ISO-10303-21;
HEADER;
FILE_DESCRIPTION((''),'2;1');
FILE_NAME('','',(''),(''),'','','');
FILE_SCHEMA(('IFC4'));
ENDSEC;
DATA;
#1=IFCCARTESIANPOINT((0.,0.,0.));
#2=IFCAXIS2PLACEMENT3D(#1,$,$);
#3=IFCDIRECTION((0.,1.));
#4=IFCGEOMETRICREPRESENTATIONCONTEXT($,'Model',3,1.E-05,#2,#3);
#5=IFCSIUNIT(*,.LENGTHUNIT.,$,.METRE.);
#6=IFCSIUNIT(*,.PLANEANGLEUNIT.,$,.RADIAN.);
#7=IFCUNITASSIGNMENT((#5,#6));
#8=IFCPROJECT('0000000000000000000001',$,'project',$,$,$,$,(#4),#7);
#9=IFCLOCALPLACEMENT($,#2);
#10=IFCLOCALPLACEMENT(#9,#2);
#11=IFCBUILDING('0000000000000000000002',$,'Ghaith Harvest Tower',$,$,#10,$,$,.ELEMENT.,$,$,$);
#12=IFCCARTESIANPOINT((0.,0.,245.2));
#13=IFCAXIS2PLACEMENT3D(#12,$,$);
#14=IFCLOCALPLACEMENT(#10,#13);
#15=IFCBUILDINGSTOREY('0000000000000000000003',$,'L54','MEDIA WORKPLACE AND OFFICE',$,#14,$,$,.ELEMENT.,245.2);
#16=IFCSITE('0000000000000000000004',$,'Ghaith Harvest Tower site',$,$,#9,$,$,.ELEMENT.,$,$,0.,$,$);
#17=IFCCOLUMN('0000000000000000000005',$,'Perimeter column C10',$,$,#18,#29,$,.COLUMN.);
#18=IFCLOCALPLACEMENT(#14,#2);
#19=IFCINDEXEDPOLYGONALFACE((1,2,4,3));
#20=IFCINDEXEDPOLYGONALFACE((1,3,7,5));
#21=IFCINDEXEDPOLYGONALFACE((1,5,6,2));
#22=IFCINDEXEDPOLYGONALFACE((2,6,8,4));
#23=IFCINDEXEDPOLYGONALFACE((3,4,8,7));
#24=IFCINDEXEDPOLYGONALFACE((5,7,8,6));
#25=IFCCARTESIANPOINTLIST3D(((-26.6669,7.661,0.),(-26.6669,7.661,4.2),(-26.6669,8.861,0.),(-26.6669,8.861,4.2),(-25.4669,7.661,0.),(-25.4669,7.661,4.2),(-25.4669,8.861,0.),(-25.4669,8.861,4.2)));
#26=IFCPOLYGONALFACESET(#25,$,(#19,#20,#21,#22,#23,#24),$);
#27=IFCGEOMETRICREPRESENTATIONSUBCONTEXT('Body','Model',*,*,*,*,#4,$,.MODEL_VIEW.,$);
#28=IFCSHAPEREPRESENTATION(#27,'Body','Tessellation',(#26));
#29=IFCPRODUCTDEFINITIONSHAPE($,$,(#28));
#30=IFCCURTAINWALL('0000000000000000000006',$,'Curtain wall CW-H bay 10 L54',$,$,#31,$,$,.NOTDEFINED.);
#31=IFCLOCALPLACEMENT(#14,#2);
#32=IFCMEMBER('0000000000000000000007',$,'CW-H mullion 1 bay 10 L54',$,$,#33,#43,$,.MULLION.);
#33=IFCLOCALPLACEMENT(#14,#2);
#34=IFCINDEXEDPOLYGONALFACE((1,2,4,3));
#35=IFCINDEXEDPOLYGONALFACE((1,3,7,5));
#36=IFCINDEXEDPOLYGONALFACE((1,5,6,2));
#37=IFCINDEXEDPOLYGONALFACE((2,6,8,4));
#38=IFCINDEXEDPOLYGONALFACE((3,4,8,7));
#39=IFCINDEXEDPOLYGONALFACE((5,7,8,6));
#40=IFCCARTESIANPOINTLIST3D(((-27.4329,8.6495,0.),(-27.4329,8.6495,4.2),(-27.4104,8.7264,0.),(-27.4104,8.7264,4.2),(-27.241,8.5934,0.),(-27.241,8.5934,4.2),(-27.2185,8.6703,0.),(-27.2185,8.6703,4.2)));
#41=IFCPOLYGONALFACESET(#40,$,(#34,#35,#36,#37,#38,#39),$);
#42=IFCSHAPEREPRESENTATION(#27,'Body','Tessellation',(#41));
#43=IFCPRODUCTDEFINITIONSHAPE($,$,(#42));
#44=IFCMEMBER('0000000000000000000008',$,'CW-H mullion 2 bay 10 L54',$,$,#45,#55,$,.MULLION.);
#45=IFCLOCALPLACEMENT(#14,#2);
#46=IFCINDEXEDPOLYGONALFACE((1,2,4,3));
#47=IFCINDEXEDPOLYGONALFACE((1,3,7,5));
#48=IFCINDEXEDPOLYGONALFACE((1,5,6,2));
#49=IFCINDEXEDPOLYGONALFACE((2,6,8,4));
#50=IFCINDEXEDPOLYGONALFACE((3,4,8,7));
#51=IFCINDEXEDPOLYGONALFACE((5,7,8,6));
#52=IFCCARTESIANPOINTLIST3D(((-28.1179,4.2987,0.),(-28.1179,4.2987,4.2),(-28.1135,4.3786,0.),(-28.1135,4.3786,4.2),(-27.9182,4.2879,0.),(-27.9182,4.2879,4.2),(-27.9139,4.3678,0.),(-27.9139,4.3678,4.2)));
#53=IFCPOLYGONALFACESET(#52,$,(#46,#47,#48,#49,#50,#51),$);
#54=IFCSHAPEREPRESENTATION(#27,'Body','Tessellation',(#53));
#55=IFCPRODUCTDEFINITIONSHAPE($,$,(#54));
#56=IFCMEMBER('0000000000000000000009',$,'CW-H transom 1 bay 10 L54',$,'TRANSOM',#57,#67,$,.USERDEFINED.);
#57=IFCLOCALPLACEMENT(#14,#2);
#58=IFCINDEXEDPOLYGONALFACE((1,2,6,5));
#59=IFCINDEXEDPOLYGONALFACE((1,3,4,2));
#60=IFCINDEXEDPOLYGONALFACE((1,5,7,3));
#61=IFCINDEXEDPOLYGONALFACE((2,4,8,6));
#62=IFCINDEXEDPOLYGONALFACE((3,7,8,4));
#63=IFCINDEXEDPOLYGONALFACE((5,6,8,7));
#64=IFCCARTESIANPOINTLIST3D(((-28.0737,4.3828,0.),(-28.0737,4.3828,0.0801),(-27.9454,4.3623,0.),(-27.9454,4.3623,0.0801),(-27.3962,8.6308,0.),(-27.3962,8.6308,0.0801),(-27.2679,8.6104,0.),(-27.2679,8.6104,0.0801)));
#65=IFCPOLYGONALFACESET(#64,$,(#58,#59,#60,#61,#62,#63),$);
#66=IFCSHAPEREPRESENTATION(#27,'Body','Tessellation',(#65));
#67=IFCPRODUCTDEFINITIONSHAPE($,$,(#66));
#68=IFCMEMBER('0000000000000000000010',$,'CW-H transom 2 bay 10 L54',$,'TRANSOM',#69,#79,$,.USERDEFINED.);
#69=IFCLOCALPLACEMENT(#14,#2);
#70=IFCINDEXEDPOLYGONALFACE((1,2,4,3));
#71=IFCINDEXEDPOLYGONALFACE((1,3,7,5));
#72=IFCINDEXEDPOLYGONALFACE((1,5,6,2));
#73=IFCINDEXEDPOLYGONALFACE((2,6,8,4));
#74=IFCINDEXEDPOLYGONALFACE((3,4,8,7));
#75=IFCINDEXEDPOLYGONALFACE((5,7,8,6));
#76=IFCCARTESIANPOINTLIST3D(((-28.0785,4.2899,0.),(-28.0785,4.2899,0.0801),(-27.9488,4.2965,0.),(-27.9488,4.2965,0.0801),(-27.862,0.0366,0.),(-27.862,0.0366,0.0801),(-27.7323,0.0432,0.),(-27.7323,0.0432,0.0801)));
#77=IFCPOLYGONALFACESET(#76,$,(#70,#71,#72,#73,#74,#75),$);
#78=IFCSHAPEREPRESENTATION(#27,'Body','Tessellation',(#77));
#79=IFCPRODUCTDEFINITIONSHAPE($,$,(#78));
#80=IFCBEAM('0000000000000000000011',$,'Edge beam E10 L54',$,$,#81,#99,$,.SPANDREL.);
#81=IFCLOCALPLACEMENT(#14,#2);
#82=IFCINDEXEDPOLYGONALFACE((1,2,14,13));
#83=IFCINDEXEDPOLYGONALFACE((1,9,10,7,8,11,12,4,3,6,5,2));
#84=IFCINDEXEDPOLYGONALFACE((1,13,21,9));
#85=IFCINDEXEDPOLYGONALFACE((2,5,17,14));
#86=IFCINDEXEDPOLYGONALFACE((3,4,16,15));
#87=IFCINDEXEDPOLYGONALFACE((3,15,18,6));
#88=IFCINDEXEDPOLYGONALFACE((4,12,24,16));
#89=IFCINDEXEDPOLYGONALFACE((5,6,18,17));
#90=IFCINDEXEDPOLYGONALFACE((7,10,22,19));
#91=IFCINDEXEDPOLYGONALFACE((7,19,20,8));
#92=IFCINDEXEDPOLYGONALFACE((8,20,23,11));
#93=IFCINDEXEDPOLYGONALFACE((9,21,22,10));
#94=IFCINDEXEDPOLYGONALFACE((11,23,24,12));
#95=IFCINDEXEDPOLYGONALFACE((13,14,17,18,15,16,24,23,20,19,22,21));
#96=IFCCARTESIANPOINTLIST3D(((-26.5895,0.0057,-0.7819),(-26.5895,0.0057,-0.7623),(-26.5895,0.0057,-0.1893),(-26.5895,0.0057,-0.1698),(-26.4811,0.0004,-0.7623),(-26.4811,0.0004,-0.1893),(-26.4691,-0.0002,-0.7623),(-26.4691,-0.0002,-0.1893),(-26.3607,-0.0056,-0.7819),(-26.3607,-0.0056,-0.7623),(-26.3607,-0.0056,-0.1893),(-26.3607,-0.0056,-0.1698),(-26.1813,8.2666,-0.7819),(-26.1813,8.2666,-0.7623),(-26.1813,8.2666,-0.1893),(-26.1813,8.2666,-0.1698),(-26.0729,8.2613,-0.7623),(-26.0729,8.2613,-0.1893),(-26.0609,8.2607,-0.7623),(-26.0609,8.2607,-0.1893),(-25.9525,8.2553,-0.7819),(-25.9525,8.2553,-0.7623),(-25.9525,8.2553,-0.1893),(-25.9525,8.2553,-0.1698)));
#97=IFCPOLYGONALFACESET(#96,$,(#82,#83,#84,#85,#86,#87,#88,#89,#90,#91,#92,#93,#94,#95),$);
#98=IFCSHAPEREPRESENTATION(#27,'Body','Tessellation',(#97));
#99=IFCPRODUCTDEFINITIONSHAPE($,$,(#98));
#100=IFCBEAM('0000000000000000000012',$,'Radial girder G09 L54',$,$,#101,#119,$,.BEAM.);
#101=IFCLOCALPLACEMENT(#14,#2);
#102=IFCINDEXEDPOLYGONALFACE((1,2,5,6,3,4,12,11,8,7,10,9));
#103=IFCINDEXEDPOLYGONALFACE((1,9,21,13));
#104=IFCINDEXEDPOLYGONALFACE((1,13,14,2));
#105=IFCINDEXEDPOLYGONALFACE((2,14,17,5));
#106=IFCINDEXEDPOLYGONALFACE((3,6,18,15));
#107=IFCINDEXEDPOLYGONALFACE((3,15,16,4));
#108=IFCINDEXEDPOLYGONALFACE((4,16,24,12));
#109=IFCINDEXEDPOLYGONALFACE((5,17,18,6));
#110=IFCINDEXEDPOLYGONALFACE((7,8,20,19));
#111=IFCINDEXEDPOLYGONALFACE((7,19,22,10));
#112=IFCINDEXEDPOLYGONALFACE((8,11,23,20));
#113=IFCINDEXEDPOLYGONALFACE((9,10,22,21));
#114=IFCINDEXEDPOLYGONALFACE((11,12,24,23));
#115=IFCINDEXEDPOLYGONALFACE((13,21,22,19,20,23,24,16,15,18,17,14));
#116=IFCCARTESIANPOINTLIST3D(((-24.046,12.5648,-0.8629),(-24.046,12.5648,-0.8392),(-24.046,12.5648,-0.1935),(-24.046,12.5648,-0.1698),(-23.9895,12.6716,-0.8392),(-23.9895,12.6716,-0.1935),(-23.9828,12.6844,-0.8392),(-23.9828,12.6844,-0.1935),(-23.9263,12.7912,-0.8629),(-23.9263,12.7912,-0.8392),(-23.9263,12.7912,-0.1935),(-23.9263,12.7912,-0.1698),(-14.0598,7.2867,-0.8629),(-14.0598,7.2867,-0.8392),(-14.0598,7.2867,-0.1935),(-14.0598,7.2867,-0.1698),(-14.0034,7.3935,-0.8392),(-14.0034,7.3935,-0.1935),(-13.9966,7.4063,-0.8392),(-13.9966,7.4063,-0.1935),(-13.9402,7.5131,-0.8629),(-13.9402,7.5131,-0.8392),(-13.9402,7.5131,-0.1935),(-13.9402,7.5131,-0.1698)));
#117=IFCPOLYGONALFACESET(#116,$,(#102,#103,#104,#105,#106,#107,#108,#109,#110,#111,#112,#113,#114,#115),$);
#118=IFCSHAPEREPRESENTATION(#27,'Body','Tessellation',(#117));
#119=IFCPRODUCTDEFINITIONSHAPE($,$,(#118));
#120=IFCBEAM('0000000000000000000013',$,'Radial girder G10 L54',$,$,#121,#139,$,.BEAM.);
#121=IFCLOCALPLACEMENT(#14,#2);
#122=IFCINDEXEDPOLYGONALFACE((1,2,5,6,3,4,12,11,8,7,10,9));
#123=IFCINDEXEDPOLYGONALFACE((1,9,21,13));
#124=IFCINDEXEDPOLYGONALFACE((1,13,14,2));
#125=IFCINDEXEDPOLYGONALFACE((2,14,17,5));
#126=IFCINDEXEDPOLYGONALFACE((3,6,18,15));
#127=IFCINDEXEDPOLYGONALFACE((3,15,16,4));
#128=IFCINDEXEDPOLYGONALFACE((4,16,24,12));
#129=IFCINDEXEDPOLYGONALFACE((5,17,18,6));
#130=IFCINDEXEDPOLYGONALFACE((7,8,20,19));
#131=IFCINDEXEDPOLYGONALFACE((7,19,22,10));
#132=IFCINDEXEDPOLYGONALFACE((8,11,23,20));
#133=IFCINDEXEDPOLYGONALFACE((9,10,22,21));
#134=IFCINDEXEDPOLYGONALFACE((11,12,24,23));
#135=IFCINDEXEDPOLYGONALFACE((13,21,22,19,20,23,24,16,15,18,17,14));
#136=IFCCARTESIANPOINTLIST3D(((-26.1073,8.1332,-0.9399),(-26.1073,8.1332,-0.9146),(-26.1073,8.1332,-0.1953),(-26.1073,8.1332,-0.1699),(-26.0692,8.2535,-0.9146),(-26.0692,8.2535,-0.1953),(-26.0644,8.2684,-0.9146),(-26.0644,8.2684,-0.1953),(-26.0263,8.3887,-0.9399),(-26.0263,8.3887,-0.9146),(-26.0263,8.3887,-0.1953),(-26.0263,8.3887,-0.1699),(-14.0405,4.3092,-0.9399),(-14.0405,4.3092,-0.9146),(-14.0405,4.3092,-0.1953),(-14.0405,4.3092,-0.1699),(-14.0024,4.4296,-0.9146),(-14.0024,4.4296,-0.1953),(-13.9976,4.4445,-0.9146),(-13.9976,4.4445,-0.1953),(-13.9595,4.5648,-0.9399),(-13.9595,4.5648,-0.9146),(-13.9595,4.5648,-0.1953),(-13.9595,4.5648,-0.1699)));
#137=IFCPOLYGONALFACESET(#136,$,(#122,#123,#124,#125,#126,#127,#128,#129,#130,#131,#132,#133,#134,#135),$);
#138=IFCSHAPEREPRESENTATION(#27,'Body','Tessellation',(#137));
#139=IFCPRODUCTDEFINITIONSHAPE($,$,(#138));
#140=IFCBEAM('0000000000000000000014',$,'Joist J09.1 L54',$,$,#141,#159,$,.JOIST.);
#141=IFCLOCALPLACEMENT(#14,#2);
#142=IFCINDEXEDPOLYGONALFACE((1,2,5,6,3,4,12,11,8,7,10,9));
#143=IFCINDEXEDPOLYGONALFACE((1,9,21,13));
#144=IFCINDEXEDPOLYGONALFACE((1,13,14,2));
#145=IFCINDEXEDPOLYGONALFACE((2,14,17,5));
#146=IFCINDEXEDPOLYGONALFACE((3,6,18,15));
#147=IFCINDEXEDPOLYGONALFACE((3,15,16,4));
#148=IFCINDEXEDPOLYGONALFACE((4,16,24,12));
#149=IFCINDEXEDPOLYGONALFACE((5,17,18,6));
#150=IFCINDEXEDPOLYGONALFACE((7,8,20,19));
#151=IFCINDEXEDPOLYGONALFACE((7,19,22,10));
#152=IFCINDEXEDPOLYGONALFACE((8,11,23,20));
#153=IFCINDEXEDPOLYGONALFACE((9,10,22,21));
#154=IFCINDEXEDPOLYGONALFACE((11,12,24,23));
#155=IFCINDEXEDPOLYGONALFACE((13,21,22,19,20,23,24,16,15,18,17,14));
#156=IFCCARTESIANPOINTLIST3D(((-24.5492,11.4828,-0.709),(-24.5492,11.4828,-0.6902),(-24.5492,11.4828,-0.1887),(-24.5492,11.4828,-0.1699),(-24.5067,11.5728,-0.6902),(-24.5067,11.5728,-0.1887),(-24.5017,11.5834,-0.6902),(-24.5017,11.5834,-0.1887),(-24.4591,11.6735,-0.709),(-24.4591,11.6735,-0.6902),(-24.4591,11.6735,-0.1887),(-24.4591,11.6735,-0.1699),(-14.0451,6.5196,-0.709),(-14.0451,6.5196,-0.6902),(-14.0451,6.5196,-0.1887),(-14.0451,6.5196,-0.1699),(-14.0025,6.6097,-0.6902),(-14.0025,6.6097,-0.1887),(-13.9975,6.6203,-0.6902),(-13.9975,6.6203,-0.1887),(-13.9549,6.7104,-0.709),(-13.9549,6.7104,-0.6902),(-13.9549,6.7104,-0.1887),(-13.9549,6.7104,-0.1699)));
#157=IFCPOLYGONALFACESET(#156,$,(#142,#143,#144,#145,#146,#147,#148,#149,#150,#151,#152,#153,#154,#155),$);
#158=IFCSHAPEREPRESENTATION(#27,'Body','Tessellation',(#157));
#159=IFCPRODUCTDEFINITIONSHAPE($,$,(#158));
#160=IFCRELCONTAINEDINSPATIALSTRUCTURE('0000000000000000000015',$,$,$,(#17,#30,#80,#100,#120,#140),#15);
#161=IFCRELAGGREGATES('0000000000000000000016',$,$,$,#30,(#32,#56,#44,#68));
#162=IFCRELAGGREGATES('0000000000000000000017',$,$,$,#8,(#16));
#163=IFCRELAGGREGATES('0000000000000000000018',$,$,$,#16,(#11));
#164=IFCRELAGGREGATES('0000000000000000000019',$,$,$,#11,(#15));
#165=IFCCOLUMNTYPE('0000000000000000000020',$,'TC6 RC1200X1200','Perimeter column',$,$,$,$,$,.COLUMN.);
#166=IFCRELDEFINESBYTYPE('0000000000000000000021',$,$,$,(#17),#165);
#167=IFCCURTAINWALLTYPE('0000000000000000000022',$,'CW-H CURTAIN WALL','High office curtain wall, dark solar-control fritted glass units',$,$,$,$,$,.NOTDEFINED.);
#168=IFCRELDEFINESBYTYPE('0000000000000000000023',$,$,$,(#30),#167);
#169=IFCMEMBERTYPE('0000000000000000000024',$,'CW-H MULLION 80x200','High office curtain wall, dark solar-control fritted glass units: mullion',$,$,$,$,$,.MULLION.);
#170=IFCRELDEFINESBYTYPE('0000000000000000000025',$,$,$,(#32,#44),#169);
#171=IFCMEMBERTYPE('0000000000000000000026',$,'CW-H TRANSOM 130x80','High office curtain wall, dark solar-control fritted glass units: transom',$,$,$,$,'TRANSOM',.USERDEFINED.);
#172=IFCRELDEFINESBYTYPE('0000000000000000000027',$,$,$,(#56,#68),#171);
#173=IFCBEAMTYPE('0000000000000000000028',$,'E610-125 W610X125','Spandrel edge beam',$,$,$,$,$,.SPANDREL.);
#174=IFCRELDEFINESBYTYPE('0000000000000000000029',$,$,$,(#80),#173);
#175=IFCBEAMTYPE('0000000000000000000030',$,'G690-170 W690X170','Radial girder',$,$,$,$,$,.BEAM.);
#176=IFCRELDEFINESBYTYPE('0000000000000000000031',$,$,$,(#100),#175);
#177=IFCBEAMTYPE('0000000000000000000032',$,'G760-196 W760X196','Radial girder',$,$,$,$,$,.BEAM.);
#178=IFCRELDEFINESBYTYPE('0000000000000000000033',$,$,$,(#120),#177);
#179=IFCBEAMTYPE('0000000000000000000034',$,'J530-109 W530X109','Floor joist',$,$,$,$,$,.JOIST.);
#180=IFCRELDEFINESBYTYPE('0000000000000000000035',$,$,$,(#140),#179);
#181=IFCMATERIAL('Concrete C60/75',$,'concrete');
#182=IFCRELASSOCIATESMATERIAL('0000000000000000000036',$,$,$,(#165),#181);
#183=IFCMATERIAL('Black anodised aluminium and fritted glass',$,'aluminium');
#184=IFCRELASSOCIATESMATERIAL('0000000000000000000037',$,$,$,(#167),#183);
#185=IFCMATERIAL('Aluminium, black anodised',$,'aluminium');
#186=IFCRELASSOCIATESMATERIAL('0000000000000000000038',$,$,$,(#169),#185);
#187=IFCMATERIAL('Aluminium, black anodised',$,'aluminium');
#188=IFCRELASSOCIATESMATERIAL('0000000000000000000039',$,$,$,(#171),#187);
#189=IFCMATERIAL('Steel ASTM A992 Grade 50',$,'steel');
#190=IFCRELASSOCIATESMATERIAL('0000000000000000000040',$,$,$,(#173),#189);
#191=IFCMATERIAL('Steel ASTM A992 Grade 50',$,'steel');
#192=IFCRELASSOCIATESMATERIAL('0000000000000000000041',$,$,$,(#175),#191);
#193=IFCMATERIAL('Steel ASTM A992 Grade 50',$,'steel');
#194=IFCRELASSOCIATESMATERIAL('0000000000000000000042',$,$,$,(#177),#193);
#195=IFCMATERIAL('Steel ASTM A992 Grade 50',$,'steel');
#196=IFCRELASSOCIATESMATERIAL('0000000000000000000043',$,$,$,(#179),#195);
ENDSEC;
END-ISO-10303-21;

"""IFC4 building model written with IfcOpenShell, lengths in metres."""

from ifc_helpers import new_model, si_unit, direction, frame, origin, origin_2d, place, context, subcontext, project, spatial, rectangle, i_section, extrude, material, material_profile, profile_set, type_object, element, aggregate, save


model = new_model("IFC4")

# Units and contexts
model_context = context("Model", 3, precision=1e-05, world=origin(), true_north=direction((0.0, 1.0)))
body_context = subcontext(model_context, "Body", "Model", "MODEL_VIEW")
ifc_project = project(units=[si_unit("LENGTHUNIT", "METRE"), si_unit("PLANEANGLEUNIT", "RADIAN")], contexts=[model_context])

# Site, building, storey
site_placement = place(None, origin())
site = spatial("IfcSite", under=ifc_project, at=site_placement, Name="Ghaith Harvest Tower site", CompositionType="ELEMENT", RefElevation=0.0)
building_placement = place(site_placement, origin())
building = spatial("IfcBuilding", under=site, at=building_placement, Name="Ghaith Harvest Tower", CompositionType="ELEMENT")
storey_placement = place(building_placement, frame((0.0, 0.0, 245.2)))
storey = spatial("IfcBuildingStorey", under=building, at=storey_placement, Name="L54", Description="MEDIA WORKPLACE AND OFFICE", CompositionType="ELEMENT", Elevation=245.2)

# Column
ifc_material_1 = material(Name="Concrete C60/75", Category="concrete")
ifc_material_profile_1 = material_profile(ifc_material_1, rectangle(XDim=1.2, YDim=1.2, at=origin_2d()), Name="RC1200X1200")
ifc_profile_set_1 = profile_set([ifc_material_profile_1], Name="Concrete C60/75")
column_type = type_object("IfcColumnType", Name="TC6 RC1200X1200", Description="Perimeter column", PredefinedType="COLUMN", material=ifc_profile_set_1)
column_placement = place(storey_placement, frame((-26.0669, 8.261, 0.0), z_axis=(0.0, 0.0, 1.0), x_axis=(1.0, 0.0, 0.0)))
element("IfcColumn", 1, at=column_placement, inside=storey, type_object=column_type, Name="Perimeter column C10", PredefinedType="COLUMN", context=body_context, shape_type="SweptSolid", body=[
    extrude(rectangle(XDim=1.2, YDim=1.2, at=origin_2d()), origin(), (0.0, 0.0, 1.0), 4.2),
])

# Curtain wall, members
ifc_material_2 = material(Name="Black anodised aluminium and fritted glass", Category="aluminium")
curtain_wall_type = type_object("IfcCurtainWallType", Name="CW-H CURTAIN WALL", Description="High office curtain wall, dark solar-control fritted glass units", PredefinedType="NOTDEFINED", material=ifc_material_2)
curtain_wall_placement = place(storey_placement, origin())
curtain_wall = element("IfcCurtainWall", 2, at=curtain_wall_placement, inside=storey, type_object=curtain_wall_type, Name="Curtain wall CW-H bay 10 L54", PredefinedType="NOTDEFINED")
ifc_material_3 = material(Name="Aluminium, black anodised", Category="aluminium")
ifc_material_profile_2 = material_profile(ifc_material_3, rectangle(XDim=0.0801, YDim=0.2, at=origin_2d()), Name="CW-H MULLION 80x200")
ifc_profile_set_2 = profile_set([ifc_material_profile_2], Name="Aluminium, black anodised")
member_type_1 = type_object("IfcMemberType", Name="CW-H MULLION 80x200", Description="High office curtain wall, dark solar-control fritted glass units: mullion", PredefinedType="MULLION", material=ifc_profile_set_2)
member_1_placement = place(storey_placement, frame((-27.3257, 8.6599, 0.0), z_axis=(0.0, 0.0, 1.0), x_axis=(-0.28052, -0.959848, 0.0)))
member_1 = element("IfcMember", 3, at=member_1_placement, type_object=member_type_1, Name="CW-H mullion 1 bay 10 L54", PredefinedType="MULLION", context=body_context, shape_type="SweptSolid", body=[
    extrude(rectangle(XDim=0.0801, YDim=0.2, at=origin_2d()), origin(), (0.0, 0.0, 1.0), 4.2),
])
member_2_placement = place(storey_placement, frame((-28.0159, 4.3333, 0.0), z_axis=(0.0, 0.0, 1.0), x_axis=(-0.054116, -0.998535, 0.0)))
member_2 = element("IfcMember", 4, at=member_2_placement, type_object=member_type_1, Name="CW-H mullion 2 bay 10 L54", PredefinedType="MULLION", context=body_context, shape_type="SweptSolid", body=[
    extrude(rectangle(XDim=0.0801, YDim=0.2, at=origin_2d()), origin(), (0.0, 0.0, 1.0), 4.2),
])
ifc_material_4 = material(Name="Aluminium, black anodised", Category="aluminium")
ifc_material_profile_3 = material_profile(ifc_material_4, rectangle(XDim=0.1299, YDim=0.0801, at=origin_2d()), Name="CW-H TRANSOM 130x80")
ifc_profile_set_3 = profile_set([ifc_material_profile_3], Name="Aluminium, black anodised")
member_type_2 = type_object("IfcMemberType", Name="CW-H TRANSOM 130x80", Description="High office curtain wall, dark solar-control fritted glass units: transom", ElementType="TRANSOM", PredefinedType="USERDEFINED", material=ifc_profile_set_3)
member_3_placement = place(storey_placement, frame((-27.332, 8.6206, 0.04), z_axis=(-0.157492, -0.98752, 0.0), x_axis=(0.98752, -0.157492, 0.0)))
member_3 = element("IfcMember", 5, at=member_3_placement, type_object=member_type_2, Name="CW-H transom 1 bay 10 L54", ObjectType="TRANSOM", PredefinedType="USERDEFINED", context=body_context, shape_type="SweptSolid", body=[
    extrude(rectangle(XDim=0.1299, YDim=0.0801, at=origin_2d()), origin(), (0.0, 0.0, 1.0), 4.3018),
])
member_4_placement = place(storey_placement, frame((-28.0137, 4.2932, 0.04), z_axis=(0.05085, -0.998706, 0.0), x_axis=(0.998706, 0.05085, 0.0)))
member_4 = element("IfcMember", 6, at=member_4_placement, type_object=member_type_2, Name="CW-H transom 2 bay 10 L54", ObjectType="TRANSOM", PredefinedType="USERDEFINED", context=body_context, shape_type="SweptSolid", body=[
    extrude(rectangle(XDim=0.1299, YDim=0.0801, at=origin_2d()), origin(), (0.0, 0.0, 1.0), 4.2588),
])

# Beams
ifc_material_5 = material(Name="Steel ASTM A992 Grade 50", Category="steel")
ifc_material_profile_4 = material_profile(ifc_material_5, i_section(OverallWidth=0.229, OverallDepth=0.6121, WebThickness=0.012, FlangeThickness=0.0195, at=origin_2d()), Name="W610X125")
ifc_profile_set_4 = profile_set([ifc_material_profile_4], Name="Steel ASTM A992 Grade 50")
beam_type_1 = type_object("IfcBeamType", Name="E610-125 W610X125", Description="Spandrel edge beam", PredefinedType="SPANDREL", material=ifc_profile_set_4)
beam_1_placement = place(storey_placement, frame((-26.0669, 8.261, -0.4758), z_axis=(-0.049353, -0.998781, 0.0), x_axis=(0.998781, -0.049353, 0.0)))
element("IfcBeam", 7, at=beam_1_placement, inside=storey, type_object=beam_type_1, Name="Edge beam E10 L54", PredefinedType="SPANDREL", context=body_context, shape_type="SweptSolid", body=[
    extrude(i_section(OverallWidth=0.229, OverallDepth=0.6121, WebThickness=0.012, FlangeThickness=0.0195, at=origin_2d()), origin(), (0.0, 0.0, 1.0), 8.271),
])
ifc_material_6 = material(Name="Steel ASTM A992 Grade 50", Category="steel")
ifc_material_profile_5 = material_profile(ifc_material_6, i_section(OverallWidth=0.2561, OverallDepth=0.6931, WebThickness=0.0144, FlangeThickness=0.0237, at=origin_2d()), Name="W690X170")
ifc_profile_set_5 = profile_set([ifc_material_profile_5], Name="Steel ASTM A992 Grade 50")
beam_type_2 = type_object("IfcBeamType", Name="G690-170 W690X170", Description="Radial girder", PredefinedType="BEAM", material=ifc_profile_set_5)
beam_2_placement = place(storey_placement, frame((-14.0, 7.3999, -0.5164), z_axis=(-0.884105, 0.467288, 0.0), x_axis=(-0.467288, -0.884105, 0.0)))
element("IfcBeam", 8, at=beam_2_placement, inside=storey, type_object=beam_type_2, Name="Radial girder G09 L54", PredefinedType="BEAM", context=body_context, shape_type="SweptSolid", body=[
    extrude(i_section(OverallWidth=0.2561, OverallDepth=0.6931, WebThickness=0.0144, FlangeThickness=0.0237, at=origin_2d()), origin(), (0.0, 0.0, 1.0), 11.2952),
])
ifc_material_7 = material(Name="Steel ASTM A992 Grade 50", Category="steel")
ifc_material_profile_6 = material_profile(ifc_material_7, i_section(OverallWidth=0.2681, OverallDepth=0.77, WebThickness=0.0156, FlangeThickness=0.0254, at=origin_2d()), Name="W760X196")
ifc_profile_set_6 = profile_set([ifc_material_profile_6], Name="Steel ASTM A992 Grade 50")
beam_type_3 = type_object("IfcBeamType", Name="G760-196 W760X196", Description="Radial girder", PredefinedType="BEAM", material=ifc_profile_set_6)
beam_3_placement = place(storey_placement, frame((-14.0, 4.437, -0.5549), z_axis=(-0.953279, 0.302092, 0.0), x_axis=(-0.302092, -0.953279, 0.0)))
element("IfcBeam", 9, at=beam_3_placement, inside=storey, type_object=beam_type_3, Name="Radial girder G10 L54", PredefinedType="BEAM", context=body_context, shape_type="SweptSolid", body=[
    extrude(i_section(OverallWidth=0.2681, OverallDepth=0.77, WebThickness=0.0156, FlangeThickness=0.0254, at=origin_2d()), origin(), (0.0, 0.0, 1.0), 12.6582),
])
ifc_material_8 = material(Name="Steel ASTM A992 Grade 50", Category="steel")
ifc_material_profile_7 = material_profile(ifc_material_8, i_section(OverallWidth=0.2109, OverallDepth=0.5391, WebThickness=0.0117, FlangeThickness=0.0188, at=origin_2d()), Name="W530X109")
ifc_profile_set_7 = profile_set([ifc_material_profile_7], Name="Steel ASTM A992 Grade 50")
beam_type_4 = type_object("IfcBeamType", Name="J530-109 W530X109", Description="Floor joist", PredefinedType="JOIST", material=ifc_profile_set_7)
beam_4_placement = place(storey_placement, frame((-14.0, 6.615, -0.4395), z_axis=(-0.904154, 0.427206, 0.0), x_axis=(-0.427206, -0.904154, 0.0)))
element("IfcBeam", 10, at=beam_4_placement, inside=storey, type_object=beam_type_4, Name="Joist J09.1 L54", PredefinedType="JOIST", context=body_context, shape_type="SweptSolid", body=[
    extrude(i_section(OverallWidth=0.2109, OverallDepth=0.5391, WebThickness=0.0117, FlangeThickness=0.0188, at=origin_2d()), origin(), (0.0, 0.0, 1.0), 11.6177),
])

aggregate(curtain_wall, [member_1, member_3, member_2, member_4])

save(model, "model.ifc")
